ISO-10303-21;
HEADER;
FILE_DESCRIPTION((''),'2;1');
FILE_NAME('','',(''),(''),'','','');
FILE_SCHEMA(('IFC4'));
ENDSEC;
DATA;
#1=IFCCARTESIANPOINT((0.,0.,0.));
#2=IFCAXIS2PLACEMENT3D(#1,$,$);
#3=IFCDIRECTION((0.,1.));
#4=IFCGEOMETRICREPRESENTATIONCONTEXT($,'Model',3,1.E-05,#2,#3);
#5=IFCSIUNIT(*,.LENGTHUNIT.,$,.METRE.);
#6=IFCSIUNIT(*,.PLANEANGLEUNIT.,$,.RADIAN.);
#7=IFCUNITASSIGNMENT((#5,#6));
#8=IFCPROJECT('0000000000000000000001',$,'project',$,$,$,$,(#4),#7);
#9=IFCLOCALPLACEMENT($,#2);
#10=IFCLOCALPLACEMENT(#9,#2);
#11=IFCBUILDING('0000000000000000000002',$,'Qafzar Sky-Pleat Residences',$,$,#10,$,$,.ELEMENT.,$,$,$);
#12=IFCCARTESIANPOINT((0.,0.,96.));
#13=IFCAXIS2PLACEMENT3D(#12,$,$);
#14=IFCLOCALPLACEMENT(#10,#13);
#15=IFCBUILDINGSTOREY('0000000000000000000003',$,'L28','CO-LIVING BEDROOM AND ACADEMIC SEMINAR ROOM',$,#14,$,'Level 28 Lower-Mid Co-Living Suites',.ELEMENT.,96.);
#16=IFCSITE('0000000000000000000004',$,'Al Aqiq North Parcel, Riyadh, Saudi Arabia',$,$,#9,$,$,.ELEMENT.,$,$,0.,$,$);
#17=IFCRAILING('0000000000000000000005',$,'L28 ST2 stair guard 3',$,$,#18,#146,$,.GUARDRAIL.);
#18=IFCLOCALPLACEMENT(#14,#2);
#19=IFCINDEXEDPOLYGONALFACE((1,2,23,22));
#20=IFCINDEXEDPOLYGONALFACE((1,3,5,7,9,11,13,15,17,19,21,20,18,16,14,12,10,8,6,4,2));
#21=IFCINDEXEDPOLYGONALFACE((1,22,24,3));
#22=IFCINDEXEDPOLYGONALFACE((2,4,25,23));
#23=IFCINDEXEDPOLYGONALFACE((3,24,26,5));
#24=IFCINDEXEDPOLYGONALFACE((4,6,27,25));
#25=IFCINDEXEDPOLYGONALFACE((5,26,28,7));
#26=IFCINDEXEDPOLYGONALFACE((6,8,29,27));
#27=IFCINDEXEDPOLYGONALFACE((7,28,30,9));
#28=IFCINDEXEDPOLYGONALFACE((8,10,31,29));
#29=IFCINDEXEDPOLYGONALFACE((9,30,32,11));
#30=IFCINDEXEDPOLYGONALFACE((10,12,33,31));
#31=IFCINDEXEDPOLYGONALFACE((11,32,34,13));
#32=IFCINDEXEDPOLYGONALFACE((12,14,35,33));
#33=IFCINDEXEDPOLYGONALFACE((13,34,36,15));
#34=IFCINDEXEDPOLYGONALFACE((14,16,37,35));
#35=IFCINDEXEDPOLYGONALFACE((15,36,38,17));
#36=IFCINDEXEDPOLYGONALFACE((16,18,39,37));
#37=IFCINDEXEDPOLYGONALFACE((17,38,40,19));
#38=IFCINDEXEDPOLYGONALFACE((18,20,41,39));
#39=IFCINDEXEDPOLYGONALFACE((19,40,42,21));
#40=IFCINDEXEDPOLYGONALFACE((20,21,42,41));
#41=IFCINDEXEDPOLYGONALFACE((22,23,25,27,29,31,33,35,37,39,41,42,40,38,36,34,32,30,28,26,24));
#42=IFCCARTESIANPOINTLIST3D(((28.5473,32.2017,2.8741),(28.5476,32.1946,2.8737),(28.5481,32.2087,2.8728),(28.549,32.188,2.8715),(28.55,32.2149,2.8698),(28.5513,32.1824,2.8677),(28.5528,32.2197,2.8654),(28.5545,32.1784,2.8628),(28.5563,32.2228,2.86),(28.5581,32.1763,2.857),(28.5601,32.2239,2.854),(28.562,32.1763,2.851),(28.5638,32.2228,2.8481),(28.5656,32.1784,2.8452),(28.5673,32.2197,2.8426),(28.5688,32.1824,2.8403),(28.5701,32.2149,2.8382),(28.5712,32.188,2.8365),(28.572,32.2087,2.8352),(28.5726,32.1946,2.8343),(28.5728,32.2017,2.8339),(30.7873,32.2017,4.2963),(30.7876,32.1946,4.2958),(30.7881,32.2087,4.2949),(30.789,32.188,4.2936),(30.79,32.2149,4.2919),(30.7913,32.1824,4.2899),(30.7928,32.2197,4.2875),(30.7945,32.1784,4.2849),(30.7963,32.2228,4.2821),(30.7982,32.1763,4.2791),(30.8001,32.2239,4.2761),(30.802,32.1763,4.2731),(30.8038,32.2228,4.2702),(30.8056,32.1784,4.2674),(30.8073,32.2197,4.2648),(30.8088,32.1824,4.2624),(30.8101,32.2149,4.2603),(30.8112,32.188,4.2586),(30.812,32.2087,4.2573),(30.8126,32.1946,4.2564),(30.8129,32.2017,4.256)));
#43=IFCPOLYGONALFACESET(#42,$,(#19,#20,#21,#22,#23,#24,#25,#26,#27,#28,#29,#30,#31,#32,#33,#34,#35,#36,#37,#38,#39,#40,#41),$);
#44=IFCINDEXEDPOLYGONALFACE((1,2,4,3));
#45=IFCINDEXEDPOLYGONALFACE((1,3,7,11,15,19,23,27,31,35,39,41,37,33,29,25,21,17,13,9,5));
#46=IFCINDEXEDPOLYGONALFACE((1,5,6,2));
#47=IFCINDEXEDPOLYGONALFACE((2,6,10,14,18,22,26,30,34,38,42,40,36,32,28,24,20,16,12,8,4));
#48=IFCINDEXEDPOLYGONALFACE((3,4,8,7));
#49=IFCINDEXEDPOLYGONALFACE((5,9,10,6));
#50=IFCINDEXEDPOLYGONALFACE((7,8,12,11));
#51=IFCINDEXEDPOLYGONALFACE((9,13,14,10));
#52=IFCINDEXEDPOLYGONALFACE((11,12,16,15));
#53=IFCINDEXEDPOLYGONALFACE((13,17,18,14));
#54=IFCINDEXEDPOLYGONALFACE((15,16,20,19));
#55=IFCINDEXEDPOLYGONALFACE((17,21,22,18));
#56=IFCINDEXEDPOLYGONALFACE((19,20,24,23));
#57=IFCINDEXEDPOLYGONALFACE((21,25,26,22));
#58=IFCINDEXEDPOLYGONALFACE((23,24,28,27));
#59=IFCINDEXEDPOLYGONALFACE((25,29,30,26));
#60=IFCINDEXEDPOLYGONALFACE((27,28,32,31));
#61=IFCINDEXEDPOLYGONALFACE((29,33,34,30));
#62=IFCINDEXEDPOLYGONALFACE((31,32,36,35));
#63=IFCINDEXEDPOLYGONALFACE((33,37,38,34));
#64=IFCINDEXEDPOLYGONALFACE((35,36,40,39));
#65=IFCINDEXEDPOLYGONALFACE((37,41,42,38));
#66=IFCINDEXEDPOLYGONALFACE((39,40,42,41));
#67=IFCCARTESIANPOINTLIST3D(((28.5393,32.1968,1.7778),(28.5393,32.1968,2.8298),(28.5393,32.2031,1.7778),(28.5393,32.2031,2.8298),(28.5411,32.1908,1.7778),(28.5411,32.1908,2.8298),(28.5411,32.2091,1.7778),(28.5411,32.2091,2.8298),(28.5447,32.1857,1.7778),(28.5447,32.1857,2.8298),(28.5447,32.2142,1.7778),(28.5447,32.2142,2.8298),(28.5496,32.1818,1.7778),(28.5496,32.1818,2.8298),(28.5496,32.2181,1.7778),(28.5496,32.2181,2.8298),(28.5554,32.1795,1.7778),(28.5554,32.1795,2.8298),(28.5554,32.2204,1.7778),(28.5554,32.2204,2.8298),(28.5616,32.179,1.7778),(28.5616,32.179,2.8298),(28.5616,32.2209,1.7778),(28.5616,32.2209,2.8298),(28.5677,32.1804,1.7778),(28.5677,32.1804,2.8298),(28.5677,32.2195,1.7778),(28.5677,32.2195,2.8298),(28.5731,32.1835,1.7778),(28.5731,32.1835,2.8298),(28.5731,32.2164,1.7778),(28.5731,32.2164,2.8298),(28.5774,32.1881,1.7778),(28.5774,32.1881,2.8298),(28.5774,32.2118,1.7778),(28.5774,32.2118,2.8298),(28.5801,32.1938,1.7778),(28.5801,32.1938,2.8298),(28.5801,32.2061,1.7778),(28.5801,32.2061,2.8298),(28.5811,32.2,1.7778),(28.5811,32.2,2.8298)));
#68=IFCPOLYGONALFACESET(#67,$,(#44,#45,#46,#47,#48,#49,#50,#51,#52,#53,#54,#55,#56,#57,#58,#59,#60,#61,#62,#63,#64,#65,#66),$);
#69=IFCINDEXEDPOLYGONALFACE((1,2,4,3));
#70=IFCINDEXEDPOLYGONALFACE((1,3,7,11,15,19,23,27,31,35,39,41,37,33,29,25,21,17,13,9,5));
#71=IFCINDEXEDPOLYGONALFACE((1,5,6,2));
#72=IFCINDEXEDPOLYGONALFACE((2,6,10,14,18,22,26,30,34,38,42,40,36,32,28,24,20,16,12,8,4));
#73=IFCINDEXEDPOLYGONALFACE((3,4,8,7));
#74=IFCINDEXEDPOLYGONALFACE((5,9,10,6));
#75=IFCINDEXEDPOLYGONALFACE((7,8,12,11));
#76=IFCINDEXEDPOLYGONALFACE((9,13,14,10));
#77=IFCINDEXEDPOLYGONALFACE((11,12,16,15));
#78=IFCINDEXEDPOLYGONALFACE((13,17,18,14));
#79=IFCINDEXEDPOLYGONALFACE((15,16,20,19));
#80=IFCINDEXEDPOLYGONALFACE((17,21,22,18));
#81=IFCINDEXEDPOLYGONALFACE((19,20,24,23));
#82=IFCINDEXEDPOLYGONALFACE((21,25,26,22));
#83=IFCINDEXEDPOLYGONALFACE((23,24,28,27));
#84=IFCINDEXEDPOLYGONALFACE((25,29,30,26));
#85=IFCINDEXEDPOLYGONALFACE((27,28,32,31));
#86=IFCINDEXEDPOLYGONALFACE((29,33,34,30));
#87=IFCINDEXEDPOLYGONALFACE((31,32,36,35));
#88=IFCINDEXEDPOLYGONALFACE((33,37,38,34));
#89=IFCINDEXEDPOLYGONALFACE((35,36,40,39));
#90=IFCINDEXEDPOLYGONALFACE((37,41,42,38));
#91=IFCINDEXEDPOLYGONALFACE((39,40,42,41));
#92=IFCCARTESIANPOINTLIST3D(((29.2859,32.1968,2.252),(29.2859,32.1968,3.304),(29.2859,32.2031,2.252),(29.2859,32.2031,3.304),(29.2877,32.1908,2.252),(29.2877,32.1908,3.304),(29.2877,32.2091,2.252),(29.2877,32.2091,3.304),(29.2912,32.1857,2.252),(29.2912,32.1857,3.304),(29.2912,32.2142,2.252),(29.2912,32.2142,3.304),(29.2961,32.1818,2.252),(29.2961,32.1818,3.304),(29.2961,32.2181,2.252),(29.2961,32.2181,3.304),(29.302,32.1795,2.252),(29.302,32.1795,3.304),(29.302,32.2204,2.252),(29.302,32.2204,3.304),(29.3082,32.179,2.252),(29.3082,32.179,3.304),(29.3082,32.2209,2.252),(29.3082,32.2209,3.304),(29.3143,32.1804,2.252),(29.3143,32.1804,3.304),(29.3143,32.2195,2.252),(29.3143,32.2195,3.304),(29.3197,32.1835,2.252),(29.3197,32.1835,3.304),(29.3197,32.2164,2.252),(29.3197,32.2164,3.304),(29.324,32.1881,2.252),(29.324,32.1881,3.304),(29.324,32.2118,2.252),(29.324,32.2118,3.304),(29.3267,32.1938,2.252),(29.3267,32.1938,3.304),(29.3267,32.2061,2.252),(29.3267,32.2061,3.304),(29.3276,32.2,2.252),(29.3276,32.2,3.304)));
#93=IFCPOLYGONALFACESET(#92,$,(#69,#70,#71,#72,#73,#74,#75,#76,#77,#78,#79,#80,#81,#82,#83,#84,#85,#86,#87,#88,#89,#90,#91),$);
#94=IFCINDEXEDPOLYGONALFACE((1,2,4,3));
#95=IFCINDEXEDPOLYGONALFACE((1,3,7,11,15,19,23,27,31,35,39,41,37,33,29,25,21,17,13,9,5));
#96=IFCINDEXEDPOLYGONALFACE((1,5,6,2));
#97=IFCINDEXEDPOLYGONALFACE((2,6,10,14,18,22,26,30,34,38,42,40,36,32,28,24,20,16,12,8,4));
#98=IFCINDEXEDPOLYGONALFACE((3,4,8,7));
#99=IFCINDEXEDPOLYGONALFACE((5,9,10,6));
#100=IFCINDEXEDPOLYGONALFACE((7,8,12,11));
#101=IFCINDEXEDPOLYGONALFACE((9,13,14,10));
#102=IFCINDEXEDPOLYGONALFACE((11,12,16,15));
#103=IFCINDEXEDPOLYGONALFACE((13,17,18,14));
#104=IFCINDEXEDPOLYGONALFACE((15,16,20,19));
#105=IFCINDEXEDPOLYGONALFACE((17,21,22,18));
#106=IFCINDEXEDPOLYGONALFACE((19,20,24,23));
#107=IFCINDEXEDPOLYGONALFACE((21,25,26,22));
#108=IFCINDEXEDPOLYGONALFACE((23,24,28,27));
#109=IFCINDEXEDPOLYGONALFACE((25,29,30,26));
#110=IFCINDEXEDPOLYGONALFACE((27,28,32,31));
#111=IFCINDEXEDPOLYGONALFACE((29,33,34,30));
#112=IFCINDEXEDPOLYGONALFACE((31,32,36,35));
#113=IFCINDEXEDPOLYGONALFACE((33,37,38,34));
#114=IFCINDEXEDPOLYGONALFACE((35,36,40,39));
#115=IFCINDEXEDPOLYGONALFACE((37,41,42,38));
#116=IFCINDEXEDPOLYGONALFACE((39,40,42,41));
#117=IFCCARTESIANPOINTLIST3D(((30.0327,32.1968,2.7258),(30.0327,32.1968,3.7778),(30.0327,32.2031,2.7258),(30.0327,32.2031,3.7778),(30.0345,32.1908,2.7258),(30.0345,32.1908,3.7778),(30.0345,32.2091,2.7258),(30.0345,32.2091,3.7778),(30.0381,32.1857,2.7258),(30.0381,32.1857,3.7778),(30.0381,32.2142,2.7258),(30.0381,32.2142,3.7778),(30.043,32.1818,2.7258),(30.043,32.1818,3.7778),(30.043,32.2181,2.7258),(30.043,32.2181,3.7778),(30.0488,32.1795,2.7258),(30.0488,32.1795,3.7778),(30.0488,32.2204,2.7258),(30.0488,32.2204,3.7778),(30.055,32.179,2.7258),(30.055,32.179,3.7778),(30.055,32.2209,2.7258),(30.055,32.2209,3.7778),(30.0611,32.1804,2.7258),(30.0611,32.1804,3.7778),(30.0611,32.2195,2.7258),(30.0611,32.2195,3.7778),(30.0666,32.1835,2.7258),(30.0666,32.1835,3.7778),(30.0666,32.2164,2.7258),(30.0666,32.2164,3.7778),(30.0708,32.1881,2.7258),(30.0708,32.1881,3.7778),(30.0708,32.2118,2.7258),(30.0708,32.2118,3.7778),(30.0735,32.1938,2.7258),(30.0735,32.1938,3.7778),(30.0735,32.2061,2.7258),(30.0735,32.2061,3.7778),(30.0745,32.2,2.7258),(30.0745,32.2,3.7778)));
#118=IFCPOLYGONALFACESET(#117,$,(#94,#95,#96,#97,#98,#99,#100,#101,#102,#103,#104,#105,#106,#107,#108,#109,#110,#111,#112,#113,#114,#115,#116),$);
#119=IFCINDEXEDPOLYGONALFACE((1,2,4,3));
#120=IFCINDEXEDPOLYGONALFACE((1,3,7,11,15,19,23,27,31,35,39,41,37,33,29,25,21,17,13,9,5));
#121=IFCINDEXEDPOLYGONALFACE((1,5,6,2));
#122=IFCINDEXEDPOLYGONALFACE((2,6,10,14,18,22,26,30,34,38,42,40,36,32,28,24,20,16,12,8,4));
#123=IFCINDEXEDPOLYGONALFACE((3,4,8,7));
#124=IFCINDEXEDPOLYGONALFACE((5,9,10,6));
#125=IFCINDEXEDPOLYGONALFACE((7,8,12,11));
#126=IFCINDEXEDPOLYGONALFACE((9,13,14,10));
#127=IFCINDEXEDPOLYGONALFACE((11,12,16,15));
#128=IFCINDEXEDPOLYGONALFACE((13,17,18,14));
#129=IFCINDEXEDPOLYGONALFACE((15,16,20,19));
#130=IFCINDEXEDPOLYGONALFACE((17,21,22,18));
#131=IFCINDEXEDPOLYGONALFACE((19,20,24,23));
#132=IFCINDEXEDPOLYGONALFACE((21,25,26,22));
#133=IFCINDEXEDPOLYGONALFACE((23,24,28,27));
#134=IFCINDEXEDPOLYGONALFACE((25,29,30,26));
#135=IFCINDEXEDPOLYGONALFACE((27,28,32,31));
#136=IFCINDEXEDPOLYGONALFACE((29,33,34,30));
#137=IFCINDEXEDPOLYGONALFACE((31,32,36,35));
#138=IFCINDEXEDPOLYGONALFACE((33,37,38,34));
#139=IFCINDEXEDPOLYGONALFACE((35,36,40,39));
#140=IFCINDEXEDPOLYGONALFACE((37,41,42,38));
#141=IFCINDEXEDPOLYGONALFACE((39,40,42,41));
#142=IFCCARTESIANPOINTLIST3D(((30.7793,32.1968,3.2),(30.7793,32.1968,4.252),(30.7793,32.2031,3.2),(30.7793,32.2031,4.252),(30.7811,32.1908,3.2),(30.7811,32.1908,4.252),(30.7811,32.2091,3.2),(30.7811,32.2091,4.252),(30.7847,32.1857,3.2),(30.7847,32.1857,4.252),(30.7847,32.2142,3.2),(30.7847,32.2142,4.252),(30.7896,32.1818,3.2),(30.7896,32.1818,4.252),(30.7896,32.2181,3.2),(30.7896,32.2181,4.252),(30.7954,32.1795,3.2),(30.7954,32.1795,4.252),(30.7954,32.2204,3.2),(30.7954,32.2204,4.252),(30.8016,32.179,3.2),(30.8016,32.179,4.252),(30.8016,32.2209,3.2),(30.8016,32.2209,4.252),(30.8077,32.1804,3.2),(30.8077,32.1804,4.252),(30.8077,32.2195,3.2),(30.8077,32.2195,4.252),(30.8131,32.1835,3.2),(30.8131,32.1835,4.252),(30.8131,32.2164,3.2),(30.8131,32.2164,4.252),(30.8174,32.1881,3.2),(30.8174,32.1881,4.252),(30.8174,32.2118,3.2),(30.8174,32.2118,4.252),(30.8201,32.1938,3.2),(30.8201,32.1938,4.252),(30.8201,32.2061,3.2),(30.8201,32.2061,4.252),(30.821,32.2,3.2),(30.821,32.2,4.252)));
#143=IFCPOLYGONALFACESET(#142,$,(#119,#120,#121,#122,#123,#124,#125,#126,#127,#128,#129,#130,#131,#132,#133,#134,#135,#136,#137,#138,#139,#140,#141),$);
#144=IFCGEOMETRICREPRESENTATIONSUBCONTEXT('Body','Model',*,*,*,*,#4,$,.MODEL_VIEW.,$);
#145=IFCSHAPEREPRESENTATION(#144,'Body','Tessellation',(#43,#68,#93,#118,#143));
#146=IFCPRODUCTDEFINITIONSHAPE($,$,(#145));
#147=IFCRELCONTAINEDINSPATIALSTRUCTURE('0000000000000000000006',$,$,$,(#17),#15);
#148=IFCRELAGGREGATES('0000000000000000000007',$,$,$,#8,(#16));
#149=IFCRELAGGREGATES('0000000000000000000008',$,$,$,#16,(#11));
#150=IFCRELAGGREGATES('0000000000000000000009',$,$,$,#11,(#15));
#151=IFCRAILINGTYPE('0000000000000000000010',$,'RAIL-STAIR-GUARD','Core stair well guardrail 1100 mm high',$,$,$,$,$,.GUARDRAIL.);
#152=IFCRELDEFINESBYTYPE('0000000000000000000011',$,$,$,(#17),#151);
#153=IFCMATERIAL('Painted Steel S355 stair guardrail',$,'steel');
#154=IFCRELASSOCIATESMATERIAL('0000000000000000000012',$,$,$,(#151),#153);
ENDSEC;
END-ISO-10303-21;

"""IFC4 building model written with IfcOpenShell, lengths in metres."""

from ifc_helpers import new_model, si_unit, direction, frame, origin, origin_2d, place, context, subcontext, project, spatial, circle, extrude, source, transform, mapped, material, type_object, element, save


model = new_model("IFC4")

# Units and contexts
model_context = context("Model", 3, precision=1e-05, world=origin(), true_north=direction((0.0, 1.0)))
body_context = subcontext(model_context, "Body", "Model", "MODEL_VIEW")
ifc_project = project(units=[si_unit("LENGTHUNIT", "METRE"), si_unit("PLANEANGLEUNIT", "RADIAN")], contexts=[model_context])

# Site, building, storey
site_placement = place(None, origin())
site = spatial("IfcSite", under=ifc_project, at=site_placement, Name="Al Aqiq North Parcel, Riyadh, Saudi Arabia", CompositionType="ELEMENT", RefElevation=0.0)
building_placement = place(site_placement, origin())
building = spatial("IfcBuilding", under=site, at=building_placement, Name="Qafzar Sky-Pleat Residences", CompositionType="ELEMENT")
storey_placement = place(building_placement, frame((0.0, 0.0, 96.0)))
storey = spatial("IfcBuildingStorey", under=building, at=storey_placement, Name="L28", Description="CO-LIVING BEDROOM AND ACADEMIC SEMINAR ROOM", LongName="Level 28 Lower-Mid Co-Living Suites", CompositionType="ELEMENT", Elevation=96.0)

# Railing
ifc_material_1 = material(Name="Painted Steel S355 stair guardrail", Category="steel")
railing_type_1 = type_object("IfcRailingType", Name="RAIL-STAIR-GUARD", Description="Core stair well guardrail 1100 mm high", PredefinedType="GUARDRAIL", material=ifc_material_1)
shared_shape_1 = source(origin(), body_context, "Body", "SweptSolid", [
    extrude(circle(Radius=0.0239, at=origin_2d()), frame((0.0, 0.0, 1.0762), z_axis=(0.844229, 0.0, 0.535982), x_axis=(0.0, 1.0, 0.0)), (0.0, 0.0, 1.0), 2.6533),
    extrude(circle(Radius=0.021, at=origin_2d()), origin(), (0.0, 0.0, 1.0), 1.052),
    extrude(circle(Radius=0.021, at=origin_2d()), frame((0.7466, 0.0, 0.4741)), (0.0, 0.0, 1.0), 1.052),
    extrude(circle(Radius=0.021, at=origin_2d()), frame((1.4934, 0.0, 0.948)), (0.0, 0.0, 1.0), 1.052),
    extrude(circle(Radius=0.021, at=origin_2d()), frame((2.24, 0.0, 1.4221)), (0.0, 0.0, 1.0), 1.052),
])
railing_1_placement = place(storey_placement, frame((28.5601, 32.2, 1.7778)))
element("IfcRailing", 1, at=railing_1_placement, inside=storey, type_object=railing_type_1, Name="L28 ST2 stair guard 3", PredefinedType="GUARDRAIL", context=body_context, shape_type="MappedRepresentation", body=[
    mapped(shared_shape_1, transform((0.0, 0.0, 0.0), x_axis=(1.0, 0.0, 0.0), y_axis=(0.0, 1.0, 0.0), z_axis=(0.0, 0.0, 1.0), scale=1.0)),
])

save(model, "model.ifc")
